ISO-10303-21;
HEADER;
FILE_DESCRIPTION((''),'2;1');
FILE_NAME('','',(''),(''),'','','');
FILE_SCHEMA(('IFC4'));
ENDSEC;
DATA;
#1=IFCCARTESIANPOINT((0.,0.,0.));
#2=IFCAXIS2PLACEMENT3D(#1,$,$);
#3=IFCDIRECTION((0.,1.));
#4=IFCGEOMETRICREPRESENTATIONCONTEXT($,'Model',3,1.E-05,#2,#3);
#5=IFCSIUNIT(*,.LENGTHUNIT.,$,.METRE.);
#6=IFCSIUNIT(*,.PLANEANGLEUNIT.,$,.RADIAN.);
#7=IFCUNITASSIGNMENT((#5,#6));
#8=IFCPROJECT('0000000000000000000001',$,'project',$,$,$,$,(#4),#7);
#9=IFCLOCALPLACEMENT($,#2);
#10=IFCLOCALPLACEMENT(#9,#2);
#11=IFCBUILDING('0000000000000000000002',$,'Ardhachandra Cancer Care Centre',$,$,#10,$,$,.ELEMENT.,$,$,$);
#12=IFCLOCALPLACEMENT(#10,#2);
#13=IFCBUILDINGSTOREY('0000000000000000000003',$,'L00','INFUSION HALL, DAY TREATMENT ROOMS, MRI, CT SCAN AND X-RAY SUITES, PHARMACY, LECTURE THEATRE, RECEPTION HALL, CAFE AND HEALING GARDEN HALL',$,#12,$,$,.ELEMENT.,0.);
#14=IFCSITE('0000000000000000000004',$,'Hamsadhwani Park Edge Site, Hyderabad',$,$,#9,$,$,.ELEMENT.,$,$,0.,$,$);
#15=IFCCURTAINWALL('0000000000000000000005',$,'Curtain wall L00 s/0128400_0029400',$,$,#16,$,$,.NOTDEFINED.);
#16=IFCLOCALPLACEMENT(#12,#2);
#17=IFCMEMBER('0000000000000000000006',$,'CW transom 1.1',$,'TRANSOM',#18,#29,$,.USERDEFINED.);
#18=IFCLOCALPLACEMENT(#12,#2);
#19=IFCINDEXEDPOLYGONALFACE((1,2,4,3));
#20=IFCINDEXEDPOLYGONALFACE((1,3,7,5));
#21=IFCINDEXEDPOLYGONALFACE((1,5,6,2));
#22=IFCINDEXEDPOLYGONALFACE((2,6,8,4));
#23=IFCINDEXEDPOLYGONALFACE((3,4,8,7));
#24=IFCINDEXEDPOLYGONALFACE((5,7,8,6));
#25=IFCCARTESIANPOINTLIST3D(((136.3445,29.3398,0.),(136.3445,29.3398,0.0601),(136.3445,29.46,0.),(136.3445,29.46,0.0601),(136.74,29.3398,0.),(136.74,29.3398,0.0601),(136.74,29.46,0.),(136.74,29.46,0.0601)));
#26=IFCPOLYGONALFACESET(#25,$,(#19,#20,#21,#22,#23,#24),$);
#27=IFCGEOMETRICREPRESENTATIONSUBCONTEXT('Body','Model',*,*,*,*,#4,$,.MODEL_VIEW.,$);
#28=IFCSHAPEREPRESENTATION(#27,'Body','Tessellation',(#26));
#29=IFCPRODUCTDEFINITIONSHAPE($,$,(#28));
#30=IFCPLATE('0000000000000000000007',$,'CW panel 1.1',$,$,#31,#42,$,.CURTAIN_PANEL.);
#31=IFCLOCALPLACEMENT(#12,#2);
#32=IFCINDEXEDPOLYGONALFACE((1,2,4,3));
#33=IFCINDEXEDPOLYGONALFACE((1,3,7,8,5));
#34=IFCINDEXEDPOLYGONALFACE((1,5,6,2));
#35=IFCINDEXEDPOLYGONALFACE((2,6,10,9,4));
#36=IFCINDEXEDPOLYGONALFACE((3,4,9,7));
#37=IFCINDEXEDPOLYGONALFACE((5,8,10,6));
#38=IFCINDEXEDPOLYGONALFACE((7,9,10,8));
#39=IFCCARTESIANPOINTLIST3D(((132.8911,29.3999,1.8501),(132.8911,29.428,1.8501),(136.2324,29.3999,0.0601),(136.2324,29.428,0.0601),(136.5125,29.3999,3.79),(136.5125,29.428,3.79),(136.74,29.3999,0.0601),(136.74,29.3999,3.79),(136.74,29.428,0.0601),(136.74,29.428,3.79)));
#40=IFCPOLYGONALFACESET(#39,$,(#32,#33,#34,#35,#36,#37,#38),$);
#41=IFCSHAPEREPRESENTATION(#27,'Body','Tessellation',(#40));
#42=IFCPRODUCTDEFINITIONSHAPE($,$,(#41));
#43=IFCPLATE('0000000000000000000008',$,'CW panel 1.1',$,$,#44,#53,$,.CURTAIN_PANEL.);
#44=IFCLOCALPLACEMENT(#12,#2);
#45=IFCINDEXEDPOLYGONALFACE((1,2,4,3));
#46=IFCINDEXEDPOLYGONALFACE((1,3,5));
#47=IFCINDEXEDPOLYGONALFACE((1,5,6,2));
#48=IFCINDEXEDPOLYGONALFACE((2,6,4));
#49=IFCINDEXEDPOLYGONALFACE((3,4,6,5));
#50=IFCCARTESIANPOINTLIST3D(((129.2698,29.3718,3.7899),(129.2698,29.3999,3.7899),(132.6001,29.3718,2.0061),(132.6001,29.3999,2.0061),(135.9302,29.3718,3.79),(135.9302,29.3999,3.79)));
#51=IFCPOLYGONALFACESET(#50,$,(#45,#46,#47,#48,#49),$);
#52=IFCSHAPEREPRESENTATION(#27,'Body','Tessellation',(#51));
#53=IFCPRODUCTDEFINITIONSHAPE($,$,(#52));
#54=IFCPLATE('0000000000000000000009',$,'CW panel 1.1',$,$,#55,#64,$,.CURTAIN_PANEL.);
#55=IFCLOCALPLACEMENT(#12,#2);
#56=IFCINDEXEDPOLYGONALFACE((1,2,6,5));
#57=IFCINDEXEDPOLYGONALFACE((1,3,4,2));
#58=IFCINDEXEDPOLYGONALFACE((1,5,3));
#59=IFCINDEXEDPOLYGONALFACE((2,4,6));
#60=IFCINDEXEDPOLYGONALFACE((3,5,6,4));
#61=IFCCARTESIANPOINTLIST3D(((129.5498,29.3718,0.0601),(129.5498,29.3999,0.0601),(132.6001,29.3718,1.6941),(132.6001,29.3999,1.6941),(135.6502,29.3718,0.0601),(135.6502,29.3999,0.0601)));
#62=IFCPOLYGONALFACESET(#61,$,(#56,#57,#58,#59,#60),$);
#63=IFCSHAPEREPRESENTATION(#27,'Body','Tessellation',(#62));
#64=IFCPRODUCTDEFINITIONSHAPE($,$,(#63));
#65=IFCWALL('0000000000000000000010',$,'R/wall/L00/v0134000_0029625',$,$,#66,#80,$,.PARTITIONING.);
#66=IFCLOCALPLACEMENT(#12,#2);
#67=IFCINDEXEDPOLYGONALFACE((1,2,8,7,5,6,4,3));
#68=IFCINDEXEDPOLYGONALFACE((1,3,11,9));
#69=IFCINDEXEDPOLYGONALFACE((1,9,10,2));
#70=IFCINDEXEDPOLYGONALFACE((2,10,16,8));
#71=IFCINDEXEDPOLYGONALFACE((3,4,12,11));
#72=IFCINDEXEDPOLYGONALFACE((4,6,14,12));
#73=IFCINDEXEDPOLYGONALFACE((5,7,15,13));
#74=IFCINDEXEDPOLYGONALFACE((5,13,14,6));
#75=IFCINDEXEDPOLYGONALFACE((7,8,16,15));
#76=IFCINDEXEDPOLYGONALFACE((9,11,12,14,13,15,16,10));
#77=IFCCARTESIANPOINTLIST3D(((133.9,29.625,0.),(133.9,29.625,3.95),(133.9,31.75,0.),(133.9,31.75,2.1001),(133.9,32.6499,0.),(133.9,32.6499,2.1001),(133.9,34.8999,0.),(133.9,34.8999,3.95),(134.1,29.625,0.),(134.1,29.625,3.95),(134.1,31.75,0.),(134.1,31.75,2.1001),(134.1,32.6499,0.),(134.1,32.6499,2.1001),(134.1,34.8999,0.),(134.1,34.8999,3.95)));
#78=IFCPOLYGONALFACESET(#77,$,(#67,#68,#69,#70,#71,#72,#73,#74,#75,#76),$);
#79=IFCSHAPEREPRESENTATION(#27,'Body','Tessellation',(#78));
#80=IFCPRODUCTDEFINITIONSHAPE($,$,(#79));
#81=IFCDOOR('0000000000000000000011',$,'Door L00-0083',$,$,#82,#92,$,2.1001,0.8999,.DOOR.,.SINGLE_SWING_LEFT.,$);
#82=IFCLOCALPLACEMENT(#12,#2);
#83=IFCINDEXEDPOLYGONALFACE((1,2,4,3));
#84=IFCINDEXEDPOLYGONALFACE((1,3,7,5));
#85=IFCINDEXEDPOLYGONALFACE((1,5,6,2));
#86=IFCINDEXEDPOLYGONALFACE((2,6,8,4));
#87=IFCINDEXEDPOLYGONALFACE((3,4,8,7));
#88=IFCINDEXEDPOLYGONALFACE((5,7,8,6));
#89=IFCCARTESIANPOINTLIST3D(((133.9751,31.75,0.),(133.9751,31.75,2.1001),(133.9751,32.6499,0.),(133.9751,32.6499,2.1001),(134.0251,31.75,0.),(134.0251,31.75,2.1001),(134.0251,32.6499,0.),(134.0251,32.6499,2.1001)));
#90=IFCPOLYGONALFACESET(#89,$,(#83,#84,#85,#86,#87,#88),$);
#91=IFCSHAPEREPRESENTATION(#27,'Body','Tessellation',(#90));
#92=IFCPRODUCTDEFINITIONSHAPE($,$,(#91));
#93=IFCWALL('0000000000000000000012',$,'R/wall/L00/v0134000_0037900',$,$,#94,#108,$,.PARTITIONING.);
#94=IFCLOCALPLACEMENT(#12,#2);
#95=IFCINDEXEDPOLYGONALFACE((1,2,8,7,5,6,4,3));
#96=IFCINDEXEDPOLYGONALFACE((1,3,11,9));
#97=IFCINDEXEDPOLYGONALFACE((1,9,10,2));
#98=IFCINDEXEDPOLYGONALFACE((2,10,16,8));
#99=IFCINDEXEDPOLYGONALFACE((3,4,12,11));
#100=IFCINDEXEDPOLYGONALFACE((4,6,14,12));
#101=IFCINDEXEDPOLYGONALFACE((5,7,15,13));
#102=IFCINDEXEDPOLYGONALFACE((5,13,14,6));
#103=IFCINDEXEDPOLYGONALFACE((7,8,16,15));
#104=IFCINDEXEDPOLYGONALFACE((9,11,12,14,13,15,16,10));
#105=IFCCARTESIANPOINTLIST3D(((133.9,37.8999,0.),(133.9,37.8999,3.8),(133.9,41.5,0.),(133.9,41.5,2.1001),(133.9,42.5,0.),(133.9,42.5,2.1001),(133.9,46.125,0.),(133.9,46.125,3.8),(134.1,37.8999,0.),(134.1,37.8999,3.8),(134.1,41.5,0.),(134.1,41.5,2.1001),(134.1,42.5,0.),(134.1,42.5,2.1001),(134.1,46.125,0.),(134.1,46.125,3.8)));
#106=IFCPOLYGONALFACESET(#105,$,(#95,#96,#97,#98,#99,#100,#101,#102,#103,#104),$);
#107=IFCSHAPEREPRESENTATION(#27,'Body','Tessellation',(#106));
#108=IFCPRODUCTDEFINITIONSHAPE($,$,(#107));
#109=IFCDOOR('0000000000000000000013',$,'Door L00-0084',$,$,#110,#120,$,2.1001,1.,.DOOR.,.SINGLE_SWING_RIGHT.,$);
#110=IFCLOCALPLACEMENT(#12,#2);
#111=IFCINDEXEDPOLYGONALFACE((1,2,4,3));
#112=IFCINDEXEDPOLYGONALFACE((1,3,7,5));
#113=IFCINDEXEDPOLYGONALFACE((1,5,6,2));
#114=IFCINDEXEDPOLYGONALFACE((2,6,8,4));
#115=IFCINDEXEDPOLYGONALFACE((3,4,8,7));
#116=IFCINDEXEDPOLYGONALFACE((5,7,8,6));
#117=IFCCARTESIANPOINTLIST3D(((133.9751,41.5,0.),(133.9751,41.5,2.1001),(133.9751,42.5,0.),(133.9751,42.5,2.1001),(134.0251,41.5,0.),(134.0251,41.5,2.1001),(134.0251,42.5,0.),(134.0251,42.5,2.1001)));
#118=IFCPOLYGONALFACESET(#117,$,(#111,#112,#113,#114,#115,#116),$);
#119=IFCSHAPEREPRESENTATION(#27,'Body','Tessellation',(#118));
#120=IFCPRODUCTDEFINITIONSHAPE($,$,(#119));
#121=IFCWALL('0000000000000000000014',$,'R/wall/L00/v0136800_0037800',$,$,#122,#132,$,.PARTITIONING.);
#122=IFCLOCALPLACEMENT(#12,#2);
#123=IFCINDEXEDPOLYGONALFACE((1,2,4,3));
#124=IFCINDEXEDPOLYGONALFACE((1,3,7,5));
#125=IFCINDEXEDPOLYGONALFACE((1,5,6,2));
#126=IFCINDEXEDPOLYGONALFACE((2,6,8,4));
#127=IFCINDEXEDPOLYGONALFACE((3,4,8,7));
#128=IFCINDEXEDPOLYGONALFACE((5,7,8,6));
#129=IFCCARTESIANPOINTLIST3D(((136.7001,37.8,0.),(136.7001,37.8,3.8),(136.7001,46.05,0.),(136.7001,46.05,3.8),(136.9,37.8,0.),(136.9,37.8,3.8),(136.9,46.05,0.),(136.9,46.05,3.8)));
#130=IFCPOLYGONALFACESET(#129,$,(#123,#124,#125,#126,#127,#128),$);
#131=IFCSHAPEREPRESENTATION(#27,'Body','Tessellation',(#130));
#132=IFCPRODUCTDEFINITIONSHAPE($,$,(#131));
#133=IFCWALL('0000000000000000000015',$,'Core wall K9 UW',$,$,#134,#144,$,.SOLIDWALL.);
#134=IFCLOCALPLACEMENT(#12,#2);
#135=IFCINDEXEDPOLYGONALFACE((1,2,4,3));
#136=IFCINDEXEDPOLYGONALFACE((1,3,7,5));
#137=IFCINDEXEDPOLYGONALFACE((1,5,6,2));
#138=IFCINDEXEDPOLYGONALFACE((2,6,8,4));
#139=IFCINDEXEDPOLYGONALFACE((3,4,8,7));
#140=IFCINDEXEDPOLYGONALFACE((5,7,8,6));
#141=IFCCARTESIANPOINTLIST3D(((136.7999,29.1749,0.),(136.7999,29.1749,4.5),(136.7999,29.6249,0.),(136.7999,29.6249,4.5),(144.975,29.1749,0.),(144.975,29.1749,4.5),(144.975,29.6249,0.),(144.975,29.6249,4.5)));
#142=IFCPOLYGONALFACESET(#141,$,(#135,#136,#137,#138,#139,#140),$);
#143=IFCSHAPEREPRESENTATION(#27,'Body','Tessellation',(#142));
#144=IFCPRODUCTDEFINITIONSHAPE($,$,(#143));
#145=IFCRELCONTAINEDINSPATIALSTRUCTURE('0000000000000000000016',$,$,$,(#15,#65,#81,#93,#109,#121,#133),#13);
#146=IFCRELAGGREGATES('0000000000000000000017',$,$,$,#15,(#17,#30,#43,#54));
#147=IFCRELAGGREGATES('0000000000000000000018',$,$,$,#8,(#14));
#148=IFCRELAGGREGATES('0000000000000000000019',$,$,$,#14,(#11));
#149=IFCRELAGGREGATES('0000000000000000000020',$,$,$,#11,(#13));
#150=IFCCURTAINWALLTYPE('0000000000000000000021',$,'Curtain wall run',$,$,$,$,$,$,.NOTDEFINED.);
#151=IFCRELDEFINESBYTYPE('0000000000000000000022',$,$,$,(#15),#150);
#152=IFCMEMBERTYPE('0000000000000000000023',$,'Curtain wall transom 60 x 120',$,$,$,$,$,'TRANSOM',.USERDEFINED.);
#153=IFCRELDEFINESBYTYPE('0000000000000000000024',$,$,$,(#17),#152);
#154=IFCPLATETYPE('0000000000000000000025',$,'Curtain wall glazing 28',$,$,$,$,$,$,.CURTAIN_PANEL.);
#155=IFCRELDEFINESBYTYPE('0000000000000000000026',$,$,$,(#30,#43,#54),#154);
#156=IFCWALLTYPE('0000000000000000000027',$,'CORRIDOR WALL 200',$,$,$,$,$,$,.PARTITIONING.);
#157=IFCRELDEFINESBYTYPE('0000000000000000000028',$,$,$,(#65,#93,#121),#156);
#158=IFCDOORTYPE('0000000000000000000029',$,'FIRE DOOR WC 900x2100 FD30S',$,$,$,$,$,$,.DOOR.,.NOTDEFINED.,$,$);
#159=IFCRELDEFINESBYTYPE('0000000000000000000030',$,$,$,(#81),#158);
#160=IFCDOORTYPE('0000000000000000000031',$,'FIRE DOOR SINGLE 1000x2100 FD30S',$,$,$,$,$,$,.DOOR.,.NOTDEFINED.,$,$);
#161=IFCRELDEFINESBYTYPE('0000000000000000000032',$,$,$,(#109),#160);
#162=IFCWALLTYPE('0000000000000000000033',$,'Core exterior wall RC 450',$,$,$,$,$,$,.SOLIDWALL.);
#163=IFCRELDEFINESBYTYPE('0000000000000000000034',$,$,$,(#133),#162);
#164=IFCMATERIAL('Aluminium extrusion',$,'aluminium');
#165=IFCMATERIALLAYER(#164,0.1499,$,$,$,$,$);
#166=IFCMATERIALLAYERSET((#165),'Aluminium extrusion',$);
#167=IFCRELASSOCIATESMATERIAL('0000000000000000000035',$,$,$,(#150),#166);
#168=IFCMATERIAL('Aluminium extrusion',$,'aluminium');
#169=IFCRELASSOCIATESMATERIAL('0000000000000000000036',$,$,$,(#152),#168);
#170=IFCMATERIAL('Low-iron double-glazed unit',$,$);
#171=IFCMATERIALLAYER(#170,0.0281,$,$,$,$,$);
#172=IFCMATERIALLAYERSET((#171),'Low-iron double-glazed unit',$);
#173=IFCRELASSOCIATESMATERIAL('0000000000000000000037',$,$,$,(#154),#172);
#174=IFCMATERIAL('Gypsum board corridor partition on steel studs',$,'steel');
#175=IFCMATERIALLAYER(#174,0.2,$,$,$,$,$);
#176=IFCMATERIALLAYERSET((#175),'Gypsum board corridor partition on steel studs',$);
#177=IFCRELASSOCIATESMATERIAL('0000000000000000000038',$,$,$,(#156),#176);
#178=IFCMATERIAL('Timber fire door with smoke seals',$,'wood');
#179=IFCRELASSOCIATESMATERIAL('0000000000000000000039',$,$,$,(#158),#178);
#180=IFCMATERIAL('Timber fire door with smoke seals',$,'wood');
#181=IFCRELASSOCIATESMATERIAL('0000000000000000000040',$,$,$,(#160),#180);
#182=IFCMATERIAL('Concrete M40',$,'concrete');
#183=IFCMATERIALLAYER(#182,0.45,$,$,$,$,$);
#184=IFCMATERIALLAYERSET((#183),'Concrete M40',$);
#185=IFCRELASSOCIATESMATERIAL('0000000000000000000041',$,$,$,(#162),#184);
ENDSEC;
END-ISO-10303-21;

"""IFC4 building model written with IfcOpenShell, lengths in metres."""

from ifc_helpers import new_model, si_unit, direction, frame, frame_2d, origin, origin_2d, place, context, subcontext, project, spatial, polyline, rectangle, outline, extrude, material, layer, layer_set, material_profile, profile_set, type_object, element, fill, aggregate, save


model = new_model("IFC4")

# Units and contexts
model_context = context("Model", 3, precision=1e-05, world=origin(), true_north=direction((0.0, 1.0)))
body_context = subcontext(model_context, "Body", "Model", "MODEL_VIEW")
ifc_project = project(units=[si_unit("LENGTHUNIT", "METRE"), si_unit("PLANEANGLEUNIT", "RADIAN")], contexts=[model_context])

# Site, building, storey
site_placement = place(None, origin())
site = spatial("IfcSite", under=ifc_project, at=site_placement, Name="Hamsadhwani Park Edge Site, Hyderabad", CompositionType="ELEMENT", RefElevation=0.0)
building_placement = place(site_placement, origin())
building = spatial("IfcBuilding", under=site, at=building_placement, Name="Ardhachandra Cancer Care Centre", CompositionType="ELEMENT")
storey_placement = place(building_placement, origin())
storey = spatial("IfcBuildingStorey", under=building, at=storey_placement, Name="L00", Description="INFUSION HALL, DAY TREATMENT ROOMS, MRI, CT SCAN AND X-RAY SUITES, PHARMACY, LECTURE THEATRE, RECEPTION HALL, CAFE AND HEALING GARDEN HALL", CompositionType="ELEMENT", Elevation=0.0)

# Curtain wall, member, plates
ifc_material_1 = material(Name="Aluminium extrusion", Category="aluminium")
ifc_layer_1 = layer(ifc_material_1, 0.1499)
ifc_layer_set_1 = layer_set([ifc_layer_1], Name="Aluminium extrusion")
curtain_wall_type = type_object("IfcCurtainWallType", Name="Curtain wall run", PredefinedType="NOTDEFINED", material=ifc_layer_set_1)
curtain_wall_placement = place(storey_placement, origin())
curtain_wall = element("IfcCurtainWall", 1, at=curtain_wall_placement, inside=storey, type_object=curtain_wall_type, Name="Curtain wall L00 s/0128400_0029400", PredefinedType="NOTDEFINED")
ifc_material_2 = material(Name="Aluminium extrusion", Category="aluminium")
ifc_material_profile_1 = material_profile(ifc_material_2, rectangle(XDim=0.1201, YDim=0.0601, at=origin_2d()), Name="Curtain wall transom 60 x 120")
ifc_profile_set_1 = profile_set([ifc_material_profile_1], Name="Aluminium extrusion")
member_type_1 = type_object("IfcMemberType", Name="Curtain wall transom 60 x 120", ElementType="TRANSOM", PredefinedType="USERDEFINED", material=ifc_profile_set_1)
member_1_placement = place(storey_placement, frame((136.3445, 29.3999, 0.03), z_axis=(1.0, 0.0, 0.0), x_axis=(0.0, 1.0, 0.0)))
member_1 = element("IfcMember", 2, at=member_1_placement, type_object=member_type_1, Name="CW transom 1.1", ObjectType="TRANSOM", PredefinedType="USERDEFINED", context=body_context, shape_type="SweptSolid", body=[
    extrude(rectangle(XDim=0.1201, YDim=0.0601, at=origin_2d()), origin(), (0.0, 0.0, 1.0), 0.3955),
])
ifc_material_3 = material(Name="Low-iron double-glazed unit")
ifc_layer_2 = layer(ifc_material_3, 0.0281)
ifc_layer_set_2 = layer_set([ifc_layer_2], Name="Low-iron double-glazed unit")
plate_type = type_object("IfcPlateType", Name="Curtain wall glazing 28", PredefinedType="CURTAIN_PANEL", material=ifc_layer_set_2)
plate_1_placement = place(storey_placement, frame((136.74, 29.3999, 3.79), z_axis=(0.0, 1.0, 0.0), x_axis=(0.0, 0.0, -1.0)))
plate_1 = element("IfcPlate", 3, at=plate_1_placement, type_object=plate_type, Name="CW panel 1.1", PredefinedType="CURTAIN_PANEL", context=body_context, shape_type="SweptSolid", body=[
    extrude(outline(polyline([(0.0, 0.0), (3.73, 0.0), (3.73, 0.5076), (1.9399, 3.8489), (0.0, 0.2275), (0.0, 0.0)])), origin(), (0.0, 0.0, 1.0), 0.0281),
])
plate_2_placement = place(storey_placement, frame((135.9302, 29.3999, 3.79), z_axis=(0.0, 1.0, 0.0), x_axis=(-0.881484, 0.0, -0.472214)))
plate_2 = element("IfcPlate", 4, at=plate_2_placement, type_object=plate_type, Name="CW panel 1.1", PredefinedType="CURTAIN_PANEL", context=body_context, shape_type="SweptSolid", body=[
    extrude(outline(polyline([(0.0, 0.0), (3.7778, 0.0), (5.8711, 3.145), (0.0, 0.0)])), frame((0.0, 0.0, -0.0281)), (0.0, 0.0, 1.0), 0.0281),
])
plate_3_placement = place(storey_placement, frame((129.5498, 29.3999, 0.0601), z_axis=(0.0, 1.0, 0.0), x_axis=(0.881486, 0.0, 0.47221)))
plate_3 = element("IfcPlate", 5, at=plate_3_placement, type_object=plate_type, Name="CW panel 1.1", PredefinedType="CURTAIN_PANEL", context=body_context, shape_type="SweptSolid", body=[
    extrude(outline(polyline([(0.0, 0.0), (3.4604, 0.0), (5.3774, 2.8806), (0.0, 0.0)])), frame((0.0, 0.0, -0.0281)), (0.0, 0.0, 1.0), 0.0281),
])
aggregate(curtain_wall, [member_1, plate_1, plate_2, plate_3])

# Walls, openings, doors
ifc_material_4 = material(Name="Gypsum board corridor partition on steel studs", Category="steel")
ifc_layer_3 = layer(ifc_material_4, 0.2)
ifc_layer_set_3 = layer_set([ifc_layer_3], Name="Gypsum board corridor partition on steel studs")
wall_type_1 = type_object("IfcWallType", Name="CORRIDOR WALL 200", PredefinedType="PARTITIONING", material=ifc_layer_set_3)
wall_1_placement = place(storey_placement, frame((134.0, 29.625, 0.0), z_axis=(0.0, 0.0, 1.0), x_axis=(0.0, 1.0, 0.0)))
wall_1 = element("IfcWall", 6, at=wall_1_placement, inside=storey, type_object=wall_type_1, Name="R/wall/L00/v0134000_0029625", PredefinedType="PARTITIONING", context=body_context, shape_type="SweptSolid", body=[
    extrude(rectangle(XDim=5.2749, YDim=0.2, at=frame_2d((2.6375, 0.0))), origin(), (0.0, 0.0, 1.0), 3.95),
])
opening_1_placement = place(wall_1_placement, frame((2.125, 0.0, 0.0)))
opening_1 = element("IfcOpeningElement", 7, at=opening_1_placement, cuts=wall_1, PredefinedType="OPENING", context=body_context, shape_type="SweptSolid", body=[
    extrude(rectangle(XDim=0.8999, YDim=2.1001, at=frame_2d((0.45, 1.05))), frame((0.0, 0.1099, 0.0), z_axis=(0.0, -1.0, 0.0), x_axis=(1.0, 0.0, 0.0)), (0.0, 0.0, 1.0), 0.22),
])
ifc_material_5 = material(Name="Timber fire door with smoke seals", Category="wood")
door_type_1 = type_object("IfcDoorType", Name="FIRE DOOR WC 900x2100 FD30S", OperationType="NOTDEFINED", PredefinedType="DOOR", material=ifc_material_5)
door_1_placement = place(opening_1_placement, origin())
door_1 = element("IfcDoor", 8, at=door_1_placement, inside=storey, type_object=door_type_1, Name="Door L00-0083", OperationType="SINGLE_SWING_LEFT", OverallHeight=2.1001, OverallWidth=0.8999, PredefinedType="DOOR", context=body_context, shape_type="SweptSolid", body=[
    extrude(rectangle(XDim=0.8999, YDim=2.1001, at=frame_2d((0.45, 1.05))), frame((0.0, 0.0249, 0.0), z_axis=(0.0, -1.0, 0.0), x_axis=(1.0, 0.0, 0.0)), (0.0, 0.0, 1.0), 0.05),
])
fill(opening_1, door_1)
wall_2_placement = place(storey_placement, frame((134.0, 37.8999, 0.0), z_axis=(0.0, 0.0, 1.0), x_axis=(0.0, 1.0, 0.0)))
wall_2 = element("IfcWall", 9, at=wall_2_placement, inside=storey, type_object=wall_type_1, Name="R/wall/L00/v0134000_0037900", PredefinedType="PARTITIONING", context=body_context, shape_type="SweptSolid", body=[
    extrude(rectangle(XDim=8.2251, YDim=0.2, at=frame_2d((4.1125, 0.0))), origin(), (0.0, 0.0, 1.0), 3.8),
])
opening_2_placement = place(wall_2_placement, frame((3.6001, 0.0, 0.0)))
opening_2 = element("IfcOpeningElement", 10, at=opening_2_placement, cuts=wall_2, PredefinedType="OPENING", context=body_context, shape_type="SweptSolid", body=[
    extrude(rectangle(XDim=1.0, YDim=2.1001, at=frame_2d((0.5, 1.05))), frame((0.0, 0.1099, 0.0), z_axis=(0.0, -1.0, 0.0), x_axis=(1.0, 0.0, 0.0)), (0.0, 0.0, 1.0), 0.22),
])
ifc_material_6 = material(Name="Timber fire door with smoke seals", Category="wood")
door_type_2 = type_object("IfcDoorType", Name="FIRE DOOR SINGLE 1000x2100 FD30S", OperationType="NOTDEFINED", PredefinedType="DOOR", material=ifc_material_6)
door_2_placement = place(opening_2_placement, origin())
door_2 = element("IfcDoor", 11, at=door_2_placement, inside=storey, type_object=door_type_2, Name="Door L00-0084", OperationType="SINGLE_SWING_RIGHT", OverallHeight=2.1001, OverallWidth=1.0, PredefinedType="DOOR", context=body_context, shape_type="SweptSolid", body=[
    extrude(rectangle(XDim=1.0, YDim=2.1001, at=frame_2d((0.5, 1.05))), frame((0.0, 0.0249, 0.0), z_axis=(0.0, -1.0, 0.0), x_axis=(1.0, 0.0, 0.0)), (0.0, 0.0, 1.0), 0.05),
])
fill(opening_2, door_2)

# Walls
wall_3_placement = place(storey_placement, frame((136.8, 37.8, 0.0), z_axis=(0.0, 0.0, 1.0), x_axis=(0.0, 1.0, 0.0)))
element("IfcWall", 12, at=wall_3_placement, inside=storey, type_object=wall_type_1, Name="R/wall/L00/v0136800_0037800", PredefinedType="PARTITIONING", context=body_context, shape_type="SweptSolid", body=[
    extrude(rectangle(XDim=8.25, YDim=0.2, at=frame_2d((4.125, 0.0))), origin(), (0.0, 0.0, 1.0), 3.8),
])
ifc_material_7 = material(Name="Concrete M40", Category="concrete")
ifc_layer_4 = layer(ifc_material_7, 0.45)
ifc_layer_set_4 = layer_set([ifc_layer_4], Name="Concrete M40")
wall_type_2 = type_object("IfcWallType", Name="Core exterior wall RC 450", PredefinedType="SOLIDWALL", material=ifc_layer_set_4)
wall_4_placement = place(storey_placement, frame((136.8, 29.3999, 0.0), z_axis=(0.0, 0.0, 1.0), x_axis=(1.0, 0.0, 0.0)))
element("IfcWall", 13, at=wall_4_placement, inside=storey, type_object=wall_type_2, Name="Core wall K9 UW", PredefinedType="SOLIDWALL", context=body_context, shape_type="SweptSolid", body=[
    extrude(rectangle(XDim=8.175, YDim=0.45, at=frame_2d((4.0874, 0.0))), origin(), (0.0, 0.0, 1.0), 4.5),
])

save(model, "model.ifc")
